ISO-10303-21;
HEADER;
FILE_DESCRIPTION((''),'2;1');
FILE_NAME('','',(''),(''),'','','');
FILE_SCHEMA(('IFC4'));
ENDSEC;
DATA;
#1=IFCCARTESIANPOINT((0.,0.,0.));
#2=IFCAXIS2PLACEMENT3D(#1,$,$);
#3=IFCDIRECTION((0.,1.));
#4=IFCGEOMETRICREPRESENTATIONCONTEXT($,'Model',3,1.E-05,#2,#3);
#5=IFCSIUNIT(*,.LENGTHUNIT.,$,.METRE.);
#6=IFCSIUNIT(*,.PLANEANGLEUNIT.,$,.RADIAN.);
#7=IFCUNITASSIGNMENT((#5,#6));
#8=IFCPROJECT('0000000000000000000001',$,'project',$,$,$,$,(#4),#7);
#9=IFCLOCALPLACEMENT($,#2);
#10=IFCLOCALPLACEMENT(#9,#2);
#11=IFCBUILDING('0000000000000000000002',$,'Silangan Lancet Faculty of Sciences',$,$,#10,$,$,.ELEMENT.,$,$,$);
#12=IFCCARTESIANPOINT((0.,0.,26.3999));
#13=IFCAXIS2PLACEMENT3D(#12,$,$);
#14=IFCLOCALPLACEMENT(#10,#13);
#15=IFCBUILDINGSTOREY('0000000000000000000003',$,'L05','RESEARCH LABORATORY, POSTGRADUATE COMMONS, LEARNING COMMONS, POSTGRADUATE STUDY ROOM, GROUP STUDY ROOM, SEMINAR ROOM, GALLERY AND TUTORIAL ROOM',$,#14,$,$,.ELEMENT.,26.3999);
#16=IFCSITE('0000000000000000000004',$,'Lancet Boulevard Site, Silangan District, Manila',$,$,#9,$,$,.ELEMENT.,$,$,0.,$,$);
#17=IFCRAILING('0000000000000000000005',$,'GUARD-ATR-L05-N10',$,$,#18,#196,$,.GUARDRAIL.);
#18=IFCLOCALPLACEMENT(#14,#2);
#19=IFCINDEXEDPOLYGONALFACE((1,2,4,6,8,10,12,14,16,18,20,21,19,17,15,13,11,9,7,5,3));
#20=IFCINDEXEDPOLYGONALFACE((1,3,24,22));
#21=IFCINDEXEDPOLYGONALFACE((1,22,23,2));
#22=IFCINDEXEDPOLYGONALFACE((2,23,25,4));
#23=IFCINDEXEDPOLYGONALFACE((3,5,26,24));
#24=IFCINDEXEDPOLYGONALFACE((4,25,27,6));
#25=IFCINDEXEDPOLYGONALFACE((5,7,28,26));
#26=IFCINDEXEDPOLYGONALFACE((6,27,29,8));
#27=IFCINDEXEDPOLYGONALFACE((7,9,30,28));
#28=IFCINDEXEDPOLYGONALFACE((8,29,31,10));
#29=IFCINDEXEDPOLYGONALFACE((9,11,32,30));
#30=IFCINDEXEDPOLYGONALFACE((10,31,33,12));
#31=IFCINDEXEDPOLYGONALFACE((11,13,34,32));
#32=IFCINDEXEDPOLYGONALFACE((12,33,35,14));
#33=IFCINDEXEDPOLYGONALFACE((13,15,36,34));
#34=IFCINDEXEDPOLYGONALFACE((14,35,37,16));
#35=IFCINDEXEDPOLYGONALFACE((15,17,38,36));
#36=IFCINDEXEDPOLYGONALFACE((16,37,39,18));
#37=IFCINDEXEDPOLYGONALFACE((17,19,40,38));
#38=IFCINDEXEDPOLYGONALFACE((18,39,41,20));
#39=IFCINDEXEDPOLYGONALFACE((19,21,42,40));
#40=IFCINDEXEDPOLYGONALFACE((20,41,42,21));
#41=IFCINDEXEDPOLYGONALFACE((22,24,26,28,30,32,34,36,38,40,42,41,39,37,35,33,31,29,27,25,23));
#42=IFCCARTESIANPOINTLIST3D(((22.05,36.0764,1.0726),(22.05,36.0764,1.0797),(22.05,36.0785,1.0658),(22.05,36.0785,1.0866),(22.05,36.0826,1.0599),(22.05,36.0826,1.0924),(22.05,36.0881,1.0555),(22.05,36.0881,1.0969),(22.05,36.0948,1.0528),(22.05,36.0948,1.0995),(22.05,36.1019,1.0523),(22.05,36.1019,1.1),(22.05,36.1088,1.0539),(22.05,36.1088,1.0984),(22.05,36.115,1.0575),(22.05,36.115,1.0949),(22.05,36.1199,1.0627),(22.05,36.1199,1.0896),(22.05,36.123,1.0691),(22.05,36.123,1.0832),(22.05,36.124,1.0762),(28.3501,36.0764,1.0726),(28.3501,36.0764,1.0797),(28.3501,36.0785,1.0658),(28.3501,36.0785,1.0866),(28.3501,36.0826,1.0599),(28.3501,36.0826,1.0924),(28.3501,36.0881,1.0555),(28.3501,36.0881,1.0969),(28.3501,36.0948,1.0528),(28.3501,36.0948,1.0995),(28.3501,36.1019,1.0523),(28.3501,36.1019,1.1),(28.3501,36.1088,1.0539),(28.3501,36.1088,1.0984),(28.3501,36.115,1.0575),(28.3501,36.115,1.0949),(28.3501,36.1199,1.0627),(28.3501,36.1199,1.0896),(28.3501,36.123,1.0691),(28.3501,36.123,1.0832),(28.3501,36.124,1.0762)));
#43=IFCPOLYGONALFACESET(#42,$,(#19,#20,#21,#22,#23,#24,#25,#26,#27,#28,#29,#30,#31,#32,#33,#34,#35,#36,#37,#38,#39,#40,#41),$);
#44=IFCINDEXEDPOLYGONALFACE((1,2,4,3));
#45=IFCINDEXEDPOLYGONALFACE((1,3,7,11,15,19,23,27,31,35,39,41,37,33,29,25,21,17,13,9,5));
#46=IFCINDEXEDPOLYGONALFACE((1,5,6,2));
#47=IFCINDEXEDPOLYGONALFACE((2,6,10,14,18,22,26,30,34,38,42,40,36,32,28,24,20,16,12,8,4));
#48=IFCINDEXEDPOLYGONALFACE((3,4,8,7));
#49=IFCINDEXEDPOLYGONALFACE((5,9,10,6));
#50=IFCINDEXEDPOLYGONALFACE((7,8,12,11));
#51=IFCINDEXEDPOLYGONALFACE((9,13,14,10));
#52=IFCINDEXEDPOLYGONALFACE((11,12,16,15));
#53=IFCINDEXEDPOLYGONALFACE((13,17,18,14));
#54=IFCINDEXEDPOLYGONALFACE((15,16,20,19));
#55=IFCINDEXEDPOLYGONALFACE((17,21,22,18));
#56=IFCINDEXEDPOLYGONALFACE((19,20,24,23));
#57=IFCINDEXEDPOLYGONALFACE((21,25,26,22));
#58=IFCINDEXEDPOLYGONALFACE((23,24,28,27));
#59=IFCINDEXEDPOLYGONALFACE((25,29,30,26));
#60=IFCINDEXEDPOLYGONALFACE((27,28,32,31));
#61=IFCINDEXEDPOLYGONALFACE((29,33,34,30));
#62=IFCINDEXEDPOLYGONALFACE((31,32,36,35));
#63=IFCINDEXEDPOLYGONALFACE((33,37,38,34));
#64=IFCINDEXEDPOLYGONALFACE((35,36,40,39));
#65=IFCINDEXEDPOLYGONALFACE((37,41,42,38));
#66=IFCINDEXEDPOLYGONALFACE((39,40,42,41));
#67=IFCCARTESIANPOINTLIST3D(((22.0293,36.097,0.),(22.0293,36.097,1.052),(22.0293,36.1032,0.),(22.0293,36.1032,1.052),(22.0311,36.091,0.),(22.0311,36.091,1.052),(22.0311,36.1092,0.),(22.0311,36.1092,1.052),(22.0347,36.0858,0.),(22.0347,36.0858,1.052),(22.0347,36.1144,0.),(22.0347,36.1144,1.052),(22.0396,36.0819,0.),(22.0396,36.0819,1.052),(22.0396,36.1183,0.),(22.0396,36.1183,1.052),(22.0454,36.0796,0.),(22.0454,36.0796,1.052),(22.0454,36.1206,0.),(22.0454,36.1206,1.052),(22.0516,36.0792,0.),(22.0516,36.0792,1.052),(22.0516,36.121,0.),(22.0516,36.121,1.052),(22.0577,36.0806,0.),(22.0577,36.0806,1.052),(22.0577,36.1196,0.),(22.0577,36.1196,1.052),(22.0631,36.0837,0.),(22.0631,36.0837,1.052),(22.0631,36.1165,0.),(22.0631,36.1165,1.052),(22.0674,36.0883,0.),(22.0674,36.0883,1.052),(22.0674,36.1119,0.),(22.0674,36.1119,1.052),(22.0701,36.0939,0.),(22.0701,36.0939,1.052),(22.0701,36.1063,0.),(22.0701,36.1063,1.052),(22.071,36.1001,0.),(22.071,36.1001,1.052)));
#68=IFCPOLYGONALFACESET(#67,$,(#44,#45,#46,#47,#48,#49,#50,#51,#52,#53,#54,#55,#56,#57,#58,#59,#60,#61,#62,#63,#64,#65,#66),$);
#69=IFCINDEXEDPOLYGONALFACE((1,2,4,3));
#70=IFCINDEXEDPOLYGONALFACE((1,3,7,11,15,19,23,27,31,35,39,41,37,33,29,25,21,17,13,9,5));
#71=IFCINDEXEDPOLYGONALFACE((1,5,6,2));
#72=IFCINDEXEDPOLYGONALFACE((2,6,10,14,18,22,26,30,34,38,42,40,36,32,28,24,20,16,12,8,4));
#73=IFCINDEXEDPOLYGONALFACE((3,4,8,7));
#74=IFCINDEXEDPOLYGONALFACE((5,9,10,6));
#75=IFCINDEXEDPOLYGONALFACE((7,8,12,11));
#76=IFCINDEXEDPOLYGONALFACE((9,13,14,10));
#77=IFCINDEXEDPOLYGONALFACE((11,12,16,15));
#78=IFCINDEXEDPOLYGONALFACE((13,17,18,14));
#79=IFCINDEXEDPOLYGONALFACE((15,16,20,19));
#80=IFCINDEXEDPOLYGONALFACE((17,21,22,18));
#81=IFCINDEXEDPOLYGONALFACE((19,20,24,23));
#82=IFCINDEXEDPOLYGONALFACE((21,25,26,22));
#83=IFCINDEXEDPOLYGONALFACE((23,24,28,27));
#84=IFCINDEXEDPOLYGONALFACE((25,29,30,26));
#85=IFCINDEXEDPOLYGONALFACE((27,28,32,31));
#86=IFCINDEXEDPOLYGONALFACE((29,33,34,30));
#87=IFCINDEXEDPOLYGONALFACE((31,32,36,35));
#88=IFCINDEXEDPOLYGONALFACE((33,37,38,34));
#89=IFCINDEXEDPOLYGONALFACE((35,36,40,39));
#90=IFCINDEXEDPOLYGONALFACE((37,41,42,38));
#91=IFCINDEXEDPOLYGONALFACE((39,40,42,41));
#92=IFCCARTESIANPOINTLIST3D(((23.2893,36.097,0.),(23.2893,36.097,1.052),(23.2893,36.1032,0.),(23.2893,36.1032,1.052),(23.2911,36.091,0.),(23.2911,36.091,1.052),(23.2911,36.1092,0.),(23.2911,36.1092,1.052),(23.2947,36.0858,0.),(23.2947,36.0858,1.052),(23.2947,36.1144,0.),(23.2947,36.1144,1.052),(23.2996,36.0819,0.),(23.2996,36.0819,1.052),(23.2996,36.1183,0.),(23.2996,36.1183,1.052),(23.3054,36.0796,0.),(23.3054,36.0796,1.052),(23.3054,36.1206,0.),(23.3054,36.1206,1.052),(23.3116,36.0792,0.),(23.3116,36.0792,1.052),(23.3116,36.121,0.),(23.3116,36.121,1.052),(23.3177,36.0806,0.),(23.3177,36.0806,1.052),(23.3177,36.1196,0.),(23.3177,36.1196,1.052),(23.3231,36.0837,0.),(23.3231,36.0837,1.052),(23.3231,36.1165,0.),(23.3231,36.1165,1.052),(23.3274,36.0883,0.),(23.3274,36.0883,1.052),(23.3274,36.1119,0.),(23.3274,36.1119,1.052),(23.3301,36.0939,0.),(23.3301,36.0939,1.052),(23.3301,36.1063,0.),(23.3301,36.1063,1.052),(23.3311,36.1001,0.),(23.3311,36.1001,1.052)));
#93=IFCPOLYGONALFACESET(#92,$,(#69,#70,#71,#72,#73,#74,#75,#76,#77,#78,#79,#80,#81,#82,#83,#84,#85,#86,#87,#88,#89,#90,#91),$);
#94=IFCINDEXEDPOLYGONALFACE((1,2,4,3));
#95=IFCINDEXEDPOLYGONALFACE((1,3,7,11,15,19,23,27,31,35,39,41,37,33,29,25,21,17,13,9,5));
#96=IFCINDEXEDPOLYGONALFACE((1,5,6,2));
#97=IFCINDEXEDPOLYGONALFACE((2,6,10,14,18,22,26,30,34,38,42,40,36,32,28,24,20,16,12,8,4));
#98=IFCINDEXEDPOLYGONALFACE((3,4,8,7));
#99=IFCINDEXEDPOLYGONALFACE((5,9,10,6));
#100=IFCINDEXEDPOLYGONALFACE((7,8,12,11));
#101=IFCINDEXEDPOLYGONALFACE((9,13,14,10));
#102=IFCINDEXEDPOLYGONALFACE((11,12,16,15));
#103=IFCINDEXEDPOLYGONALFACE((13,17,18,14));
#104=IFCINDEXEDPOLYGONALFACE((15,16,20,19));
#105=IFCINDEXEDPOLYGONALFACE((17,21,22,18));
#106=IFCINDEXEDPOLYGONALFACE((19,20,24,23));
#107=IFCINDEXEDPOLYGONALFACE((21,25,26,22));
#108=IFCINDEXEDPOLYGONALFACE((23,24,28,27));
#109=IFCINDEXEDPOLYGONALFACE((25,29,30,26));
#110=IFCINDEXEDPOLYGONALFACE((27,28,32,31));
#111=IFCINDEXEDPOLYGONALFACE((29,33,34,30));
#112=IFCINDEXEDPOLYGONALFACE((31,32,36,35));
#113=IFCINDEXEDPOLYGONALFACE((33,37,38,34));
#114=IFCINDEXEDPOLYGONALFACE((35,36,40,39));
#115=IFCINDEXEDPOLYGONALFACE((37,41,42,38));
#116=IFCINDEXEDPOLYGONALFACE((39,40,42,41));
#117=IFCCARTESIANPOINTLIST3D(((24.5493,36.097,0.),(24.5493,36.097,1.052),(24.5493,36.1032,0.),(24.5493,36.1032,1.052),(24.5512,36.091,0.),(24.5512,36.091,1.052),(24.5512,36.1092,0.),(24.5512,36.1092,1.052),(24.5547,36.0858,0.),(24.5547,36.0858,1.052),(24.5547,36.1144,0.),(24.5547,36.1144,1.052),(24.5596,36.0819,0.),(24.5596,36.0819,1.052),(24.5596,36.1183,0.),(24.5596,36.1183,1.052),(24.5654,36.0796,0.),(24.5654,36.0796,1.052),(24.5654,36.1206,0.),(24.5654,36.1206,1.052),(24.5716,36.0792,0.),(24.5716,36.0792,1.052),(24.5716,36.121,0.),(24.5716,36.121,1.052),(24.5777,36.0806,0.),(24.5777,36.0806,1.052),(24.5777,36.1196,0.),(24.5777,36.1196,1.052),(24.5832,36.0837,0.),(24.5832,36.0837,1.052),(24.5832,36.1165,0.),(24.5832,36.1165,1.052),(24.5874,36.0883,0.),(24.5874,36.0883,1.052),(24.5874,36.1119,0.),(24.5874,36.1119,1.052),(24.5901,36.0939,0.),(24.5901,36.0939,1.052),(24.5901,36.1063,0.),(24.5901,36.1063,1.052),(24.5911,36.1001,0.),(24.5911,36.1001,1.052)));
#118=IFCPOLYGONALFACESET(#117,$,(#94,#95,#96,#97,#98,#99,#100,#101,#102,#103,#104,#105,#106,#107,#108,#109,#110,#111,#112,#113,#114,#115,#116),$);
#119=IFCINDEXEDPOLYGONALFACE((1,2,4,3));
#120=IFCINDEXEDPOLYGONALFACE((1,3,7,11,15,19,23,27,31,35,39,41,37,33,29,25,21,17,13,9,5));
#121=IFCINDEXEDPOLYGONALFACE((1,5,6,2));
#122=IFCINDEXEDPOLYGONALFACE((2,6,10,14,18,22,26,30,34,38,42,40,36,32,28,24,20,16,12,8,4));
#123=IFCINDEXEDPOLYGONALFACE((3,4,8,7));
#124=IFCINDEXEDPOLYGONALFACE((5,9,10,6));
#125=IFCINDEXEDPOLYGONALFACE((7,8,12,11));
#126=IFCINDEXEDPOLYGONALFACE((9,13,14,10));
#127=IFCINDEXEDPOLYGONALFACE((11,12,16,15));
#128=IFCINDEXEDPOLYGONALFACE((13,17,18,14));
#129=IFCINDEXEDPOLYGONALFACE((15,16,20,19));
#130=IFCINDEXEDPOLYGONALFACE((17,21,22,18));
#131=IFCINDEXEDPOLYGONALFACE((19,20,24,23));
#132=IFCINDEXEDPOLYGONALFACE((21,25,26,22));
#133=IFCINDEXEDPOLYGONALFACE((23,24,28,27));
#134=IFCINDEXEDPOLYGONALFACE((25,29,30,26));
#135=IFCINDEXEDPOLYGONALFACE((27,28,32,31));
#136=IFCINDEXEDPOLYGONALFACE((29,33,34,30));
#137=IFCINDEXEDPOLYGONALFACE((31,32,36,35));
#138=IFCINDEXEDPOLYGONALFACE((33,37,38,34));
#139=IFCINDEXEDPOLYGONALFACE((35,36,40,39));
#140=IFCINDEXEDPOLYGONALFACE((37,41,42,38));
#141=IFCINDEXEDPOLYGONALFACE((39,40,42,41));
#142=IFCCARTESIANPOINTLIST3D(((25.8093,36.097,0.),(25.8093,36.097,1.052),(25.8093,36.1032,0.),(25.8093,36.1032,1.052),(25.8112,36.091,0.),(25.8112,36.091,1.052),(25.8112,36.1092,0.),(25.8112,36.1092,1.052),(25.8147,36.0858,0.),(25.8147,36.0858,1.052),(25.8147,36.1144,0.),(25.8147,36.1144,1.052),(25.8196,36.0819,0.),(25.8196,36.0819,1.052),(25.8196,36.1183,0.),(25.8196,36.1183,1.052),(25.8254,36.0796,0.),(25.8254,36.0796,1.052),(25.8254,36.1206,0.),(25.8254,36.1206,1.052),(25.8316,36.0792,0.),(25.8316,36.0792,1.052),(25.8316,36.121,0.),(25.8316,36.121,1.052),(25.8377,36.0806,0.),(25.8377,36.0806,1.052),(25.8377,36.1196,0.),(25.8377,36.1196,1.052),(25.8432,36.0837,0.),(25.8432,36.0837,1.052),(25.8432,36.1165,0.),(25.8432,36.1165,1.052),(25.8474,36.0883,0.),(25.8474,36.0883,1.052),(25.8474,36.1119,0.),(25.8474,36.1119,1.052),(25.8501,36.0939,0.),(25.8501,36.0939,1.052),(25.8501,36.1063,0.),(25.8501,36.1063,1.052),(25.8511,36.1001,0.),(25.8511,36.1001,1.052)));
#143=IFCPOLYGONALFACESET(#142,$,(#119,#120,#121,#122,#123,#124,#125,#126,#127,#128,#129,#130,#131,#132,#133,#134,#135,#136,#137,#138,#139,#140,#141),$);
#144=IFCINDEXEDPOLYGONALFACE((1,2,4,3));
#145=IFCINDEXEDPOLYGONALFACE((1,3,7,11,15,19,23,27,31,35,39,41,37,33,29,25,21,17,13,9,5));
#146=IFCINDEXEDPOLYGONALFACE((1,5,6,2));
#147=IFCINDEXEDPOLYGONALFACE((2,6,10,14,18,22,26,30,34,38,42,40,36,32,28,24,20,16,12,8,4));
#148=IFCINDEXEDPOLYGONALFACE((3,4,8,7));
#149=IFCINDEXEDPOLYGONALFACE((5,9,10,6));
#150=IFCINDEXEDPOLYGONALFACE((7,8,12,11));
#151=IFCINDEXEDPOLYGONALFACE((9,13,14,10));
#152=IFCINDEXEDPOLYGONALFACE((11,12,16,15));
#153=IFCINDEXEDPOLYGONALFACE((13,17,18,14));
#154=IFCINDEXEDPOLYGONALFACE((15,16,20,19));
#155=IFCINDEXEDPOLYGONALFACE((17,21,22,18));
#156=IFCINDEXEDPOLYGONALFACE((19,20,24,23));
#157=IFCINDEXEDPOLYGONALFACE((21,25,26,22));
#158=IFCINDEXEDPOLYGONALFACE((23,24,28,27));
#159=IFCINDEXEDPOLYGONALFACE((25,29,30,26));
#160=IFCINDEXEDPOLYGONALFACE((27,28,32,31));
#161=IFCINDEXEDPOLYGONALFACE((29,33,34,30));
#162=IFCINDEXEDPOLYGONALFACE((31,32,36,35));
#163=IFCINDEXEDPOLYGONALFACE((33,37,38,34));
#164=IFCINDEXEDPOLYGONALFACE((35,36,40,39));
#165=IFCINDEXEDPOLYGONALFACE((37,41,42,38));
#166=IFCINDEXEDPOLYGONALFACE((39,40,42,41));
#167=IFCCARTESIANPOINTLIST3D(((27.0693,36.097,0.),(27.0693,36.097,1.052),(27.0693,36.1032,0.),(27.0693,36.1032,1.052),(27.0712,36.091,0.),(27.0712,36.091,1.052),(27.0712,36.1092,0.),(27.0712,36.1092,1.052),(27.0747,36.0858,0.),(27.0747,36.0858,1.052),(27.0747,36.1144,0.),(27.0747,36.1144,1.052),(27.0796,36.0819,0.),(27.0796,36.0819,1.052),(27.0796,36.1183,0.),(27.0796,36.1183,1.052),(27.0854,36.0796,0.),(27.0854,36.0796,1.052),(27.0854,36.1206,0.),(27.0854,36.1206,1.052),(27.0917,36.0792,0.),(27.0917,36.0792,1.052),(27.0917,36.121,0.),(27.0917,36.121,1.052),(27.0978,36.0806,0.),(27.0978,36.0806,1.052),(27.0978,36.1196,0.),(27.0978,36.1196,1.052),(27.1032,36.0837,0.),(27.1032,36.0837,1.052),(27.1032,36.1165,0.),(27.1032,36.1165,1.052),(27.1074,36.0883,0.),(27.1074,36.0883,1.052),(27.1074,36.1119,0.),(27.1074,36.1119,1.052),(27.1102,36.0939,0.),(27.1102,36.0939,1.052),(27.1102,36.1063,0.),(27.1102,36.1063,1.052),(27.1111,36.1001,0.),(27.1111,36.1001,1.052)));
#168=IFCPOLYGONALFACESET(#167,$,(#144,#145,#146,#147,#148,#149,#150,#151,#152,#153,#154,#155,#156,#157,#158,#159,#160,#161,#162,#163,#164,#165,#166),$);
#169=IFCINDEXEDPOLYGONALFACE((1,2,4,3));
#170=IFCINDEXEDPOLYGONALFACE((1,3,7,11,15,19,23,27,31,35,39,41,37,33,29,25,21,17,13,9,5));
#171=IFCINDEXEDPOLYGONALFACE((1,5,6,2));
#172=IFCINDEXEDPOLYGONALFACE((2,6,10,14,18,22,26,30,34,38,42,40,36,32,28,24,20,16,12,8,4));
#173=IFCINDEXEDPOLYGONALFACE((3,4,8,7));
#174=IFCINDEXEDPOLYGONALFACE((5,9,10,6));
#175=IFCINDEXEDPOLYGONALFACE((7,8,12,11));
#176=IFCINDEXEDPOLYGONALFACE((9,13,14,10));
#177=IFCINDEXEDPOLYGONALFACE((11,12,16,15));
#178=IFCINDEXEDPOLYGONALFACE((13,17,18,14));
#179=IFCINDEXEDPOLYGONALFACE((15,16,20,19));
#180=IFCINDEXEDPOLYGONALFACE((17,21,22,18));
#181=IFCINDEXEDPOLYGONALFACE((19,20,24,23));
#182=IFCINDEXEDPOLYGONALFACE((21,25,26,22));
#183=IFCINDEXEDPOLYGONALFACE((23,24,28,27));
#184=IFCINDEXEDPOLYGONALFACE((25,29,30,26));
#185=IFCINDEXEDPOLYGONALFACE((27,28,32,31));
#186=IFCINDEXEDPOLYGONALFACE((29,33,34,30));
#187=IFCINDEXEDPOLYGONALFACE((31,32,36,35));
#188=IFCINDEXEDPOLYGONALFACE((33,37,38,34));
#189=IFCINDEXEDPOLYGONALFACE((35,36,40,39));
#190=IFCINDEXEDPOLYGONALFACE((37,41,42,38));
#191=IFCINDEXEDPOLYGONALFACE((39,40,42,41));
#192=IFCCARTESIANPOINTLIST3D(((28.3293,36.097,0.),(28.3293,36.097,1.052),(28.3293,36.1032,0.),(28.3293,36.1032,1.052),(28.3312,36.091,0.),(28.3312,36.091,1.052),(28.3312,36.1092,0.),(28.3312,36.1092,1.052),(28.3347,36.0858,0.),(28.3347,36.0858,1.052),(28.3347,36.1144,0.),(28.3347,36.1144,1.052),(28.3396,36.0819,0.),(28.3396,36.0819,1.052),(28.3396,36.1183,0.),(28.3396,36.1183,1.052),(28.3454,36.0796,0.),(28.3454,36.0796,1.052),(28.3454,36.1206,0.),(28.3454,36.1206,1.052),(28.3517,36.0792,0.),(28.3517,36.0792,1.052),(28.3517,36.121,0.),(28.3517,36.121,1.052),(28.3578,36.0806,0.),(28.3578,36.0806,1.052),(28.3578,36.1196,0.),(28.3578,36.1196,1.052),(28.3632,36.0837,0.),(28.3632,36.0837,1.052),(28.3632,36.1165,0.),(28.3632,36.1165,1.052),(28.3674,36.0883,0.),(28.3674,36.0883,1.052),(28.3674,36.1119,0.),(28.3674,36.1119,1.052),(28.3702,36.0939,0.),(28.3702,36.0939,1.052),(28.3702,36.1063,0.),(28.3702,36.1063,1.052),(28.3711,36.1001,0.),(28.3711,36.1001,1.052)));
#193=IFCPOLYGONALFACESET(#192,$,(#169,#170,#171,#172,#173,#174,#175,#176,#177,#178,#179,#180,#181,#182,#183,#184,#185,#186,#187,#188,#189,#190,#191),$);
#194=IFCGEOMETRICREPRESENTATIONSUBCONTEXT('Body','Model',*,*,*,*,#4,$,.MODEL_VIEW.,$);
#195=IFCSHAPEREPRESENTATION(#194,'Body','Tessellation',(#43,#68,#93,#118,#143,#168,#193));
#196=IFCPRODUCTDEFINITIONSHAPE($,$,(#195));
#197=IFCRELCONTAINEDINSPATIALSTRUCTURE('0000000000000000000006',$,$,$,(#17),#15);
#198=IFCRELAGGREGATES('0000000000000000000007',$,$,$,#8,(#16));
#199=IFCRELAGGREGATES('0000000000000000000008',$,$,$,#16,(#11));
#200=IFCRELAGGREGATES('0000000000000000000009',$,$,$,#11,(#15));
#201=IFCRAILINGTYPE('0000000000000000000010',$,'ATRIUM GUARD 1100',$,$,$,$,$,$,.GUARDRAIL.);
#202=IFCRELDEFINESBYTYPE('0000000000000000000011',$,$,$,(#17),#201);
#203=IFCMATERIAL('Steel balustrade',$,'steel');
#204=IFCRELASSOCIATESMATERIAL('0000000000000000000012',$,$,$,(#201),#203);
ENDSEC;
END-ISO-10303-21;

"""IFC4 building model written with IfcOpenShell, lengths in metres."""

from ifc_helpers import new_model, si_unit, direction, frame, origin, origin_2d, place, context, subcontext, project, spatial, circle, extrude, material, type_object, element, save


model = new_model("IFC4")

# Units and contexts
model_context = context("Model", 3, precision=1e-05, world=origin(), true_north=direction((0.0, 1.0)))
body_context = subcontext(model_context, "Body", "Model", "MODEL_VIEW")
ifc_project = project(units=[si_unit("LENGTHUNIT", "METRE"), si_unit("PLANEANGLEUNIT", "RADIAN")], contexts=[model_context])

# Site, building, storey
site_placement = place(None, origin())
site = spatial("IfcSite", under=ifc_project, at=site_placement, Name="Lancet Boulevard Site, Silangan District, Manila", CompositionType="ELEMENT", RefElevation=0.0)
building_placement = place(site_placement, origin())
building = spatial("IfcBuilding", under=site, at=building_placement, Name="Silangan Lancet Faculty of Sciences", CompositionType="ELEMENT")
storey_placement = place(building_placement, frame((0.0, 0.0, 26.3999)))
storey = spatial("IfcBuildingStorey", under=building, at=storey_placement, Name="L05", Description="RESEARCH LABORATORY, POSTGRADUATE COMMONS, LEARNING COMMONS, POSTGRADUATE STUDY ROOM, GROUP STUDY ROOM, SEMINAR ROOM, GALLERY AND TUTORIAL ROOM", CompositionType="ELEMENT", Elevation=26.3999)

# Railing
ifc_material_1 = material(Name="Steel balustrade", Category="steel")
railing_type = type_object("IfcRailingType", Name="ATRIUM GUARD 1100", PredefinedType="GUARDRAIL", material=ifc_material_1)
railing_placement = place(storey_placement, frame((22.05, 36.1001, 0.0)))
element("IfcRailing", 1, at=railing_placement, inside=storey, type_object=railing_type, Name="GUARD-ATR-L05-N10", PredefinedType="GUARDRAIL", context=body_context, shape_type="SweptSolid", body=[
    extrude(circle(Radius=0.0239, at=origin_2d()), frame((0.0, 0.0, 1.0762), z_axis=(1.0, 0.0, 0.0), x_axis=(0.0, 1.0, 0.0)), (0.0, 0.0, 1.0), 6.3),
    extrude(circle(Radius=0.021, at=origin_2d()), origin(), (0.0, 0.0, 1.0), 1.052),
    extrude(circle(Radius=0.021, at=origin_2d()), frame((1.26, 0.0, 0.0)), (0.0, 0.0, 1.0), 1.052),
    extrude(circle(Radius=0.021, at=origin_2d()), frame((2.52, 0.0, 0.0)), (0.0, 0.0, 1.0), 1.052),
    extrude(circle(Radius=0.021, at=origin_2d()), frame((3.78, 0.0, 0.0)), (0.0, 0.0, 1.0), 1.052),
    extrude(circle(Radius=0.021, at=origin_2d()), frame((5.04, 0.0, 0.0)), (0.0, 0.0, 1.0), 1.052),
    extrude(circle(Radius=0.021, at=origin_2d()), frame((6.3, 0.0, 0.0)), (0.0, 0.0, 1.0), 1.052),
])

save(model, "model.ifc")
